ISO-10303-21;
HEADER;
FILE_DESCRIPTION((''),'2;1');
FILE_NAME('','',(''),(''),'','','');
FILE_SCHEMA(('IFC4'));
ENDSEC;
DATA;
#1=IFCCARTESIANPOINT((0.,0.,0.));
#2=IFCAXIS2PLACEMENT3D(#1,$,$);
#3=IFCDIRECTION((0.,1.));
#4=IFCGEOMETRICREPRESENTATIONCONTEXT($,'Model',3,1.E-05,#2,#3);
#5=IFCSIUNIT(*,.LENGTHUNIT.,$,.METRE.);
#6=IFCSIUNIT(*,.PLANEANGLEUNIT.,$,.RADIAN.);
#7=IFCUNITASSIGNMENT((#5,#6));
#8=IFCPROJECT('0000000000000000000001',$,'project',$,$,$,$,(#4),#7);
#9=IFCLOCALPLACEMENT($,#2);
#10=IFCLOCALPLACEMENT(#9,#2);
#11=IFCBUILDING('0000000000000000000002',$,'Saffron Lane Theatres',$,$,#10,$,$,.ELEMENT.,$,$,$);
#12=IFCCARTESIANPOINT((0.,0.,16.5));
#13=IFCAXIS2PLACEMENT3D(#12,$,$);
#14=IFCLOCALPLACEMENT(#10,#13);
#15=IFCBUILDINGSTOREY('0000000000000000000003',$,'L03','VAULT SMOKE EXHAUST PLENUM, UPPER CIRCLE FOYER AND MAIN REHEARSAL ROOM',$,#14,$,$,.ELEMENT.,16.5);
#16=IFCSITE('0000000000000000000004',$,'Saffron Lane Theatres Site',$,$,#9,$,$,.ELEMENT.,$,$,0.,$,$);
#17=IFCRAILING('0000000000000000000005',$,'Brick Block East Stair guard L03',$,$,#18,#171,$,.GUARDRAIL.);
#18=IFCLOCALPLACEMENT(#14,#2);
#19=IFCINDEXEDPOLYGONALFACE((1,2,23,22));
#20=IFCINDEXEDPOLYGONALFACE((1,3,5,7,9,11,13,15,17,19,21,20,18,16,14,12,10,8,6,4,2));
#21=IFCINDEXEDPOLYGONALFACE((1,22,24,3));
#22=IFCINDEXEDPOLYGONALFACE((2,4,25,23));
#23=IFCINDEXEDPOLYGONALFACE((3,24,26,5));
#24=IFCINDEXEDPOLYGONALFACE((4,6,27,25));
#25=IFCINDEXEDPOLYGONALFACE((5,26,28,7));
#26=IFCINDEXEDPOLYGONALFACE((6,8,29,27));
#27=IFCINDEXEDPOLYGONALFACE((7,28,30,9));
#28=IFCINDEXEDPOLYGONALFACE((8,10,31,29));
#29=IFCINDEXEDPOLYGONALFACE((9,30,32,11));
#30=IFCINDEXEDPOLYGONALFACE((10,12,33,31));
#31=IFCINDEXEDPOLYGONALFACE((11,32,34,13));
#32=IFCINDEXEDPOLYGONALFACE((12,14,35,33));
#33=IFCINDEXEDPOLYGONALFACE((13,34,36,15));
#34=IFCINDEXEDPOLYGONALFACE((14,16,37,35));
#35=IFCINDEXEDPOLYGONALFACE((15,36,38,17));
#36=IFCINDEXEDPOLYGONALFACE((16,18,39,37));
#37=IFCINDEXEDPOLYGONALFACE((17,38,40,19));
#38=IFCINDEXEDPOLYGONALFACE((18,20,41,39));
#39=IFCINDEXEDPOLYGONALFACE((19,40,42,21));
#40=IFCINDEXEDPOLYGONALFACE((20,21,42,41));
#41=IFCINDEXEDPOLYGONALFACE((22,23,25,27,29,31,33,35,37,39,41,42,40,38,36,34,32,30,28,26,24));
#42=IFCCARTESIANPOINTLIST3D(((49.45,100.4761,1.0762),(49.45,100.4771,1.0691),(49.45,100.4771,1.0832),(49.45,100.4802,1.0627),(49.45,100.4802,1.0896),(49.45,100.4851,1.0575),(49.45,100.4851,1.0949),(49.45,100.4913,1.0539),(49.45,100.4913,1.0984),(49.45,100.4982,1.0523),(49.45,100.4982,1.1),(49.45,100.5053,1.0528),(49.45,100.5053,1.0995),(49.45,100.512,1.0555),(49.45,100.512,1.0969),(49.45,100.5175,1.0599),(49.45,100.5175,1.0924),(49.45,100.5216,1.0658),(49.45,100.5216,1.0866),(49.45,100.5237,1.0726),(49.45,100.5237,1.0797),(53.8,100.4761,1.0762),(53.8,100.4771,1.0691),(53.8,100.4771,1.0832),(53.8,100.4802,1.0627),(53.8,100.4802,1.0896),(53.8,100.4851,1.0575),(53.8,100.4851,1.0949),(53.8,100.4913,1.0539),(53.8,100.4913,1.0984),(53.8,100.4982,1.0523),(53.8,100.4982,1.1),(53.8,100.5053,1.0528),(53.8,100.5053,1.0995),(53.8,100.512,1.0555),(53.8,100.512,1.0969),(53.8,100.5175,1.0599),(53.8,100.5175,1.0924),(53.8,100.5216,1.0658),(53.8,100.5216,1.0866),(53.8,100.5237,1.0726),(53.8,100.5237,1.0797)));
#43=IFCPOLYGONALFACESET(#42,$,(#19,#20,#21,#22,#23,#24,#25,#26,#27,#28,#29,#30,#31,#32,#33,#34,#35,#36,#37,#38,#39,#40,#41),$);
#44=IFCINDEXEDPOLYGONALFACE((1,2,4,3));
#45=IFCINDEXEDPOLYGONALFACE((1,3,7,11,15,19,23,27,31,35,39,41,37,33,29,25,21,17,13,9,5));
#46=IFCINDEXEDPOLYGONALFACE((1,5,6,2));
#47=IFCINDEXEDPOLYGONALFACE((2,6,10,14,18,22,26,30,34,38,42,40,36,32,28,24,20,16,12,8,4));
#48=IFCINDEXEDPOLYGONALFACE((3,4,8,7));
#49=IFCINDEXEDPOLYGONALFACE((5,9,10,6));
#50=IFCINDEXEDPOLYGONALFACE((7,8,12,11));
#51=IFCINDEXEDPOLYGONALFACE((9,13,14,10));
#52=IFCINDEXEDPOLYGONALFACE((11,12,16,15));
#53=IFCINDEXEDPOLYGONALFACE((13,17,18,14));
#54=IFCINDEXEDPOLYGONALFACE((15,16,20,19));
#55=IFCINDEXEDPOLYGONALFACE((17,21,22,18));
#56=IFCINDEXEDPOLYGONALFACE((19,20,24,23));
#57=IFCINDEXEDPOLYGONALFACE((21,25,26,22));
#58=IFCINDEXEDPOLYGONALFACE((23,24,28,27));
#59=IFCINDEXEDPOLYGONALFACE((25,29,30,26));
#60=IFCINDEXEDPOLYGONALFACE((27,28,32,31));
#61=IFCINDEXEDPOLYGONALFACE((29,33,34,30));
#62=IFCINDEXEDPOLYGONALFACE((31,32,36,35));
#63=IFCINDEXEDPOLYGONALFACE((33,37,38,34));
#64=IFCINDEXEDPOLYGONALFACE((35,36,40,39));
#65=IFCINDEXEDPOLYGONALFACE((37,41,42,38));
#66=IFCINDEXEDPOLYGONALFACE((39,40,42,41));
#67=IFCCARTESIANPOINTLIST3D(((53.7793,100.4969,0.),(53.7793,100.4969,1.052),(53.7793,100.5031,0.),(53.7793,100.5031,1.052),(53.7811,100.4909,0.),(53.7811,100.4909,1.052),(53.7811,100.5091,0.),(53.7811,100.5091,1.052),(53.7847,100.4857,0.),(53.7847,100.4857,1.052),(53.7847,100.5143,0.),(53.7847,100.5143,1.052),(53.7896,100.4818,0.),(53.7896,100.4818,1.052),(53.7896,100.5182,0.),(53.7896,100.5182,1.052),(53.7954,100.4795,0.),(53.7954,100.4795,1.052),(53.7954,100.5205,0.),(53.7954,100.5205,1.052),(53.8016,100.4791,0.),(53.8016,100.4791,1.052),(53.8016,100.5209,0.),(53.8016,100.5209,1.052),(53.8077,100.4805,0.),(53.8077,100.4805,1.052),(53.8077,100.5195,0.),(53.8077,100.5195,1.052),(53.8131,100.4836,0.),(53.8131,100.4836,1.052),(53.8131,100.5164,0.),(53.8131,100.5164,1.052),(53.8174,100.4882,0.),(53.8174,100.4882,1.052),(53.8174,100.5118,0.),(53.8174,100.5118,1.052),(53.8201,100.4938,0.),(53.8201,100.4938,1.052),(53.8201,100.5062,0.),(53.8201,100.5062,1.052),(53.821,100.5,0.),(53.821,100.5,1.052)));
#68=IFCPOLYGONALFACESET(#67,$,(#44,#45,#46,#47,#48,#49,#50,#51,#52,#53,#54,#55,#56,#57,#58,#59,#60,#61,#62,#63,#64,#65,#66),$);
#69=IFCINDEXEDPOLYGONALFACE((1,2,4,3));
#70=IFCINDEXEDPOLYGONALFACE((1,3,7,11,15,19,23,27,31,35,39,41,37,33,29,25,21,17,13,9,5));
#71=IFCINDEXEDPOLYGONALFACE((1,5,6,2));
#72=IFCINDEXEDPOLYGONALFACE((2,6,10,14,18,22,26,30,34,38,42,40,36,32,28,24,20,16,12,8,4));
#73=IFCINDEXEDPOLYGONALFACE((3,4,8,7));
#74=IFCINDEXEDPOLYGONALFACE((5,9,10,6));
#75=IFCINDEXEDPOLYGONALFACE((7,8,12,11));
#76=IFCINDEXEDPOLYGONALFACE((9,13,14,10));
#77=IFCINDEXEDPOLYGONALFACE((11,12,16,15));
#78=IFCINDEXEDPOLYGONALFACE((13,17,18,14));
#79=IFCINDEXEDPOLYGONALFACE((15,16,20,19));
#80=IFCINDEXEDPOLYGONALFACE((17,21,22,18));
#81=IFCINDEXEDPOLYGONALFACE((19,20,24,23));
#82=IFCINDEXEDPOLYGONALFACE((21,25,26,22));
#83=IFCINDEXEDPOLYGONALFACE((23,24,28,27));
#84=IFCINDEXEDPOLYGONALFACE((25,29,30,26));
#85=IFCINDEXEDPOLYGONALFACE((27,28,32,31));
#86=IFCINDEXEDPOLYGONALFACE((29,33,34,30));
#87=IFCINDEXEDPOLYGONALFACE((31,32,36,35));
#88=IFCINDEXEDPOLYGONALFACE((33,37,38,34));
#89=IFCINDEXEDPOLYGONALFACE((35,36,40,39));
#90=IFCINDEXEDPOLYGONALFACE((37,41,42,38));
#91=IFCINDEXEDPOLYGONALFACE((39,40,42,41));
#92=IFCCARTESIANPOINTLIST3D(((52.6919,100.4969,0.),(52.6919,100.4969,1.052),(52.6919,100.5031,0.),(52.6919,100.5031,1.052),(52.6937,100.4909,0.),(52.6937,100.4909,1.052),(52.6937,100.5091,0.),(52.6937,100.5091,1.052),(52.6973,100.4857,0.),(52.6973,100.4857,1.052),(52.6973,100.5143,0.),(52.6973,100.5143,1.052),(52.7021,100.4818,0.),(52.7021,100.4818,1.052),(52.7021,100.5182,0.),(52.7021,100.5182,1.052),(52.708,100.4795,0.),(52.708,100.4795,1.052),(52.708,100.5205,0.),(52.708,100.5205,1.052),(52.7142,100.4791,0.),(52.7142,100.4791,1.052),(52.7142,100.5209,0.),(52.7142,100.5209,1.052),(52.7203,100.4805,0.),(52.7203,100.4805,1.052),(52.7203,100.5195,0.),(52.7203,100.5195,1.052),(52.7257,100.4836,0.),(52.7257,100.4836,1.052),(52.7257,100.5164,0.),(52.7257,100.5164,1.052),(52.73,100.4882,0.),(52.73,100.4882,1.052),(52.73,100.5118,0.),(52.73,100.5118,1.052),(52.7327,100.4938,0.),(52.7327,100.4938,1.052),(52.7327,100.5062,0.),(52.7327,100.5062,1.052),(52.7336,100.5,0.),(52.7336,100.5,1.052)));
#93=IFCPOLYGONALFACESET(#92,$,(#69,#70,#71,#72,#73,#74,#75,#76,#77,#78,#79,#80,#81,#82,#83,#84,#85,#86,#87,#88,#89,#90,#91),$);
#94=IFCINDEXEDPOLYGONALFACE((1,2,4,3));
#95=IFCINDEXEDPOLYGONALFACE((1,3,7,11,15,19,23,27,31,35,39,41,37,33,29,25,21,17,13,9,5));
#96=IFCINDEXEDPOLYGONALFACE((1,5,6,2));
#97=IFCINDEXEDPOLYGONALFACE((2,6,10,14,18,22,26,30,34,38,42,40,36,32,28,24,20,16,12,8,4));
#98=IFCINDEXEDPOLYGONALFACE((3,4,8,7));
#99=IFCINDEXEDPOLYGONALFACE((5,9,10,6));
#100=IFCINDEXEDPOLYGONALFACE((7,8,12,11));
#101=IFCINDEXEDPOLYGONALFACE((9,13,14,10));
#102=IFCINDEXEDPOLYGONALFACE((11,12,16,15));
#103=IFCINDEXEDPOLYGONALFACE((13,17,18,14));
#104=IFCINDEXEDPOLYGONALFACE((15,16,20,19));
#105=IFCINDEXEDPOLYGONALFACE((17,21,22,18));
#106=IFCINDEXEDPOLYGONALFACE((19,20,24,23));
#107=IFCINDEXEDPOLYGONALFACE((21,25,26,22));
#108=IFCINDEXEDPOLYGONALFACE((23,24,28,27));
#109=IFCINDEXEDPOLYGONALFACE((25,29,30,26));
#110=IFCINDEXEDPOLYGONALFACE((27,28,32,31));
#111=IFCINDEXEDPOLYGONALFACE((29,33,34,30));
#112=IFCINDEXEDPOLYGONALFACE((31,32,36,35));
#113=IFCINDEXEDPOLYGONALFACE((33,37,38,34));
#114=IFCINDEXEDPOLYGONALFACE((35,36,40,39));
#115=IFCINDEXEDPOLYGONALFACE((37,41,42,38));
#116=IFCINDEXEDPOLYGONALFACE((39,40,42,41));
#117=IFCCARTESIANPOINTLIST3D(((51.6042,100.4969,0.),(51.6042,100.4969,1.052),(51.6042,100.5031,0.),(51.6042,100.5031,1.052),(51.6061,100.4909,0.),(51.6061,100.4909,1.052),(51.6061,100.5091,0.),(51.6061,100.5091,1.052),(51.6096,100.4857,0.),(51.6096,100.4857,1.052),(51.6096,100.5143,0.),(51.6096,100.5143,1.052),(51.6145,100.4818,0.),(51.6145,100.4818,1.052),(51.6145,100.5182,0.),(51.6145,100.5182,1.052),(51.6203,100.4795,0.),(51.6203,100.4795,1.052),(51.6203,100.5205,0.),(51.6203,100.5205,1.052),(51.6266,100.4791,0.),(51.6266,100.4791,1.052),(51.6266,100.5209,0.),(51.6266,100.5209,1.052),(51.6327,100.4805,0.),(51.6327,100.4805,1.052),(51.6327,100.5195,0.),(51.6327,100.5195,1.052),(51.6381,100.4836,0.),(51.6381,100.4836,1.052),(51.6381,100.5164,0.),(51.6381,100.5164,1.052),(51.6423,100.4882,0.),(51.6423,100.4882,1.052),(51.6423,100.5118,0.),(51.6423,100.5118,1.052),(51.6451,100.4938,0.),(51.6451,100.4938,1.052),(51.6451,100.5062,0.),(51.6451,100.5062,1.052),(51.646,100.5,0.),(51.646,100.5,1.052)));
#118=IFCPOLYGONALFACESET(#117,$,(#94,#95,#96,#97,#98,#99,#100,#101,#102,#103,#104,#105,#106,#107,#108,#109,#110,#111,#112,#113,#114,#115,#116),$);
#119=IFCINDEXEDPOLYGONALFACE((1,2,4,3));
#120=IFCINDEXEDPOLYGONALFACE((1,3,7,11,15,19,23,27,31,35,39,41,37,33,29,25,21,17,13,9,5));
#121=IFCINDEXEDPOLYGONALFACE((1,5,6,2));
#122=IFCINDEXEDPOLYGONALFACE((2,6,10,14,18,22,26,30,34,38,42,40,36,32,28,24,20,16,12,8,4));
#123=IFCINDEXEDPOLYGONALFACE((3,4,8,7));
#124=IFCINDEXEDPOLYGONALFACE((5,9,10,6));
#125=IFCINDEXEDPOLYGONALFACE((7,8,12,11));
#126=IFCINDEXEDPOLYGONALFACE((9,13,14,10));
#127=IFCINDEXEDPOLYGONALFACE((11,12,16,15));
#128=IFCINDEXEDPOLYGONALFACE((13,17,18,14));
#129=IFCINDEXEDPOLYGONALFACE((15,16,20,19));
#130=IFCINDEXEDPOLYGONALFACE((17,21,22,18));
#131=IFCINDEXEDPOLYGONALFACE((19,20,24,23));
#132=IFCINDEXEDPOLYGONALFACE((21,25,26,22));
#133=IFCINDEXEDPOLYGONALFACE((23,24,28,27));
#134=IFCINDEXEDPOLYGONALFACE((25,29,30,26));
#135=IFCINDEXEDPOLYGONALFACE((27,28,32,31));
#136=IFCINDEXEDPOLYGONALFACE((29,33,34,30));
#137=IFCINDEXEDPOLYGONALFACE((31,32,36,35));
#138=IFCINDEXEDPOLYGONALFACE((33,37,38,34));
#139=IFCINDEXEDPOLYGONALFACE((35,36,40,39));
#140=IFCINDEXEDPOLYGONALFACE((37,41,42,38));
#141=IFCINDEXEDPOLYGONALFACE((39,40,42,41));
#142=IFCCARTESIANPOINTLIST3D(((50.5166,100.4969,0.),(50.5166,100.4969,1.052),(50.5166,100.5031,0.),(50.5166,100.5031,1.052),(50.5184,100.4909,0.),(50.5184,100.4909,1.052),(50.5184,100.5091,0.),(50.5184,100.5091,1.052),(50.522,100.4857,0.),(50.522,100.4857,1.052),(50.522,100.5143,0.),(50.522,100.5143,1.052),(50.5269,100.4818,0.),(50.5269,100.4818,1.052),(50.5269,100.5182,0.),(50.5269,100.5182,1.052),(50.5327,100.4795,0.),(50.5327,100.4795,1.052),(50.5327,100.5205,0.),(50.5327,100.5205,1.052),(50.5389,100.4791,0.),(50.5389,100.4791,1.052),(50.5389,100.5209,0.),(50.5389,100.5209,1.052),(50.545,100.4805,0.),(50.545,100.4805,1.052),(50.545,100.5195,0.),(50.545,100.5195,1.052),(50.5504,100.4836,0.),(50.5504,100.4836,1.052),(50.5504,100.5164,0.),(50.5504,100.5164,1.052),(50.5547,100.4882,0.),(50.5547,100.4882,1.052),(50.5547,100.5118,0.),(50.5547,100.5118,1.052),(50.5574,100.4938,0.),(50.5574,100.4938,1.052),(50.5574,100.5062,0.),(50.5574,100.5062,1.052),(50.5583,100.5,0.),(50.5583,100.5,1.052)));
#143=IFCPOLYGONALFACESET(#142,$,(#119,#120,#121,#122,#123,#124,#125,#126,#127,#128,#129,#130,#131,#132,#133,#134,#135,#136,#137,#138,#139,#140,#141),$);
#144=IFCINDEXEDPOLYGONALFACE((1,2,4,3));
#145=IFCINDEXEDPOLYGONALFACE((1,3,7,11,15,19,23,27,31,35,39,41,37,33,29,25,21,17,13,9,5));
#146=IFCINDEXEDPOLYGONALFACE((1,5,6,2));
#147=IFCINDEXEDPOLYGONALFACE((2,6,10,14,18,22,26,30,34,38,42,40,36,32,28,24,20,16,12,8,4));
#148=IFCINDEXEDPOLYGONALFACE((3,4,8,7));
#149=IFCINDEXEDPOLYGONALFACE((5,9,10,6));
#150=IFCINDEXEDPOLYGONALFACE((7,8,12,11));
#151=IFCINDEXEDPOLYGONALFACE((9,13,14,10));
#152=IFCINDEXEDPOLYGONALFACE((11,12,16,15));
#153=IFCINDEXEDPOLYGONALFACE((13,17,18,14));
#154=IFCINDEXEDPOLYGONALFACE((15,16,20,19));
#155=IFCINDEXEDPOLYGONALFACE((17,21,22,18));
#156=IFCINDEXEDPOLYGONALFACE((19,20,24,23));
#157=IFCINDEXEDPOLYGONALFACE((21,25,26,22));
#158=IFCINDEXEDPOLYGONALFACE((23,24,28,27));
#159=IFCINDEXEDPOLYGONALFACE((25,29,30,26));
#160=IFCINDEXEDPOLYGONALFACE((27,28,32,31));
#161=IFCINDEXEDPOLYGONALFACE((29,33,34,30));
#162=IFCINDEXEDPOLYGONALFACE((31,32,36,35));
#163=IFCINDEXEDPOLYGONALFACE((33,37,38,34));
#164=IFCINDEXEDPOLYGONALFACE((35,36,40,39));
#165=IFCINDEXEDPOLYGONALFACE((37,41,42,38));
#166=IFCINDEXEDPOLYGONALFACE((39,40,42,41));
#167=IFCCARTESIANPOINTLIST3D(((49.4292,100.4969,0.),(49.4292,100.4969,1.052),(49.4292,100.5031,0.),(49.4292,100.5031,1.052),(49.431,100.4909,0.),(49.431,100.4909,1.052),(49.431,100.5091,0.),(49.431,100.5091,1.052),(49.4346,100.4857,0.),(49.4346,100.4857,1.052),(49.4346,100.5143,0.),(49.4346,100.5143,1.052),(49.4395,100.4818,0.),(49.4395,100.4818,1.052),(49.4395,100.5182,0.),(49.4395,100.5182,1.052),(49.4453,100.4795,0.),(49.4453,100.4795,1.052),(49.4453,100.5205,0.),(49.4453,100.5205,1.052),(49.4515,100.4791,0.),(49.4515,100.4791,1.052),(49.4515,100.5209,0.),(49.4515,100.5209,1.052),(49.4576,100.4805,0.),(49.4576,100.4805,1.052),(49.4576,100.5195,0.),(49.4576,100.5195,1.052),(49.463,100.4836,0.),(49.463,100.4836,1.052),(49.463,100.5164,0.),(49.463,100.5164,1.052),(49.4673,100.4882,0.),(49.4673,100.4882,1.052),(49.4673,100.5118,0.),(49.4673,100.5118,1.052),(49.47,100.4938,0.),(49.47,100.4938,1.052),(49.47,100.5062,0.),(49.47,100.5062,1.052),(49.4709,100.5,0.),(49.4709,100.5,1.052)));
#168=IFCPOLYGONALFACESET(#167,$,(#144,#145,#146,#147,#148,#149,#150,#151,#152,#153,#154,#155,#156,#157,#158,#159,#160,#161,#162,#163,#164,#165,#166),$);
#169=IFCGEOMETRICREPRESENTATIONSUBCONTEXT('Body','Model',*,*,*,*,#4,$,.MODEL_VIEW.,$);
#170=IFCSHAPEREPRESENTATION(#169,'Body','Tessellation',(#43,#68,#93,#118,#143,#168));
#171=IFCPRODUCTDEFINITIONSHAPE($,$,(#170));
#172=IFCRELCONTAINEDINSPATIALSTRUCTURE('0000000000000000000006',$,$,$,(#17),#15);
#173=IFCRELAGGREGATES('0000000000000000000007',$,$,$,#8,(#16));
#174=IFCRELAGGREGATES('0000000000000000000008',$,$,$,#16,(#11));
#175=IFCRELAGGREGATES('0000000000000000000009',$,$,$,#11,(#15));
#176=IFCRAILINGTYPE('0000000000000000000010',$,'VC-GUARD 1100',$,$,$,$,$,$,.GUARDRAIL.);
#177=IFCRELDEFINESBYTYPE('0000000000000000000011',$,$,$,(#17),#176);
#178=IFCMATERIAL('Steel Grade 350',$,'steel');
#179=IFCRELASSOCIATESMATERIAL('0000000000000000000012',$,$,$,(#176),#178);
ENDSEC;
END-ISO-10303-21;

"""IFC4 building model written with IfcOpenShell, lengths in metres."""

from ifc_helpers import new_model, si_unit, direction, frame, origin, origin_2d, place, context, subcontext, project, spatial, circle, extrude, material, type_object, element, save


model = new_model("IFC4")

# Units and contexts
model_context = context("Model", 3, precision=1e-05, world=origin(), true_north=direction((0.0, 1.0)))
body_context = subcontext(model_context, "Body", "Model", "MODEL_VIEW")
ifc_project = project(units=[si_unit("LENGTHUNIT", "METRE"), si_unit("PLANEANGLEUNIT", "RADIAN")], contexts=[model_context])

# Site, building, storey
site_placement = place(None, origin())
site = spatial("IfcSite", under=ifc_project, at=site_placement, Name="Saffron Lane Theatres Site", CompositionType="ELEMENT", RefElevation=0.0)
building_placement = place(site_placement, origin())
building = spatial("IfcBuilding", under=site, at=building_placement, Name="Saffron Lane Theatres", CompositionType="ELEMENT")
storey_placement = place(building_placement, frame((0.0, 0.0, 16.5)))
storey = spatial("IfcBuildingStorey", under=building, at=storey_placement, Name="L03", Description="VAULT SMOKE EXHAUST PLENUM, UPPER CIRCLE FOYER AND MAIN REHEARSAL ROOM", CompositionType="ELEMENT", Elevation=16.5)

# Railing
ifc_material_1 = material(Name="Steel Grade 350", Category="steel")
railing_type = type_object("IfcRailingType", Name="VC-GUARD 1100", PredefinedType="GUARDRAIL", material=ifc_material_1)
railing_1_placement = place(storey_placement, frame((53.8, 100.5, 0.0)))
element("IfcRailing", 1, at=railing_1_placement, inside=storey, type_object=railing_type, Name="Brick Block East Stair guard L03", PredefinedType="GUARDRAIL", context=body_context, shape_type="SweptSolid", body=[
    extrude(circle(Radius=0.0239, at=origin_2d()), frame((0.0, 0.0, 1.0762), z_axis=(-1.0, 0.0, 0.0), x_axis=(0.0, -1.0, 0.0)), (0.0, 0.0, 1.0), 4.3501),
    extrude(circle(Radius=0.021, at=origin_2d()), origin(), (0.0, 0.0, 1.0), 1.052),
    extrude(circle(Radius=0.021, at=origin_2d()), frame((-1.0874, 0.0, 0.0)), (0.0, 0.0, 1.0), 1.052),
    extrude(circle(Radius=0.021, at=origin_2d()), frame((-2.175, 0.0, 0.0)), (0.0, 0.0, 1.0), 1.052),
    extrude(circle(Radius=0.021, at=origin_2d()), frame((-3.2627, 0.0, 0.0)), (0.0, 0.0, 1.0), 1.052),
    extrude(circle(Radius=0.021, at=origin_2d()), frame((-4.3501, 0.0, 0.0)), (0.0, 0.0, 1.0), 1.052),
])

save(model, "model.ifc")
